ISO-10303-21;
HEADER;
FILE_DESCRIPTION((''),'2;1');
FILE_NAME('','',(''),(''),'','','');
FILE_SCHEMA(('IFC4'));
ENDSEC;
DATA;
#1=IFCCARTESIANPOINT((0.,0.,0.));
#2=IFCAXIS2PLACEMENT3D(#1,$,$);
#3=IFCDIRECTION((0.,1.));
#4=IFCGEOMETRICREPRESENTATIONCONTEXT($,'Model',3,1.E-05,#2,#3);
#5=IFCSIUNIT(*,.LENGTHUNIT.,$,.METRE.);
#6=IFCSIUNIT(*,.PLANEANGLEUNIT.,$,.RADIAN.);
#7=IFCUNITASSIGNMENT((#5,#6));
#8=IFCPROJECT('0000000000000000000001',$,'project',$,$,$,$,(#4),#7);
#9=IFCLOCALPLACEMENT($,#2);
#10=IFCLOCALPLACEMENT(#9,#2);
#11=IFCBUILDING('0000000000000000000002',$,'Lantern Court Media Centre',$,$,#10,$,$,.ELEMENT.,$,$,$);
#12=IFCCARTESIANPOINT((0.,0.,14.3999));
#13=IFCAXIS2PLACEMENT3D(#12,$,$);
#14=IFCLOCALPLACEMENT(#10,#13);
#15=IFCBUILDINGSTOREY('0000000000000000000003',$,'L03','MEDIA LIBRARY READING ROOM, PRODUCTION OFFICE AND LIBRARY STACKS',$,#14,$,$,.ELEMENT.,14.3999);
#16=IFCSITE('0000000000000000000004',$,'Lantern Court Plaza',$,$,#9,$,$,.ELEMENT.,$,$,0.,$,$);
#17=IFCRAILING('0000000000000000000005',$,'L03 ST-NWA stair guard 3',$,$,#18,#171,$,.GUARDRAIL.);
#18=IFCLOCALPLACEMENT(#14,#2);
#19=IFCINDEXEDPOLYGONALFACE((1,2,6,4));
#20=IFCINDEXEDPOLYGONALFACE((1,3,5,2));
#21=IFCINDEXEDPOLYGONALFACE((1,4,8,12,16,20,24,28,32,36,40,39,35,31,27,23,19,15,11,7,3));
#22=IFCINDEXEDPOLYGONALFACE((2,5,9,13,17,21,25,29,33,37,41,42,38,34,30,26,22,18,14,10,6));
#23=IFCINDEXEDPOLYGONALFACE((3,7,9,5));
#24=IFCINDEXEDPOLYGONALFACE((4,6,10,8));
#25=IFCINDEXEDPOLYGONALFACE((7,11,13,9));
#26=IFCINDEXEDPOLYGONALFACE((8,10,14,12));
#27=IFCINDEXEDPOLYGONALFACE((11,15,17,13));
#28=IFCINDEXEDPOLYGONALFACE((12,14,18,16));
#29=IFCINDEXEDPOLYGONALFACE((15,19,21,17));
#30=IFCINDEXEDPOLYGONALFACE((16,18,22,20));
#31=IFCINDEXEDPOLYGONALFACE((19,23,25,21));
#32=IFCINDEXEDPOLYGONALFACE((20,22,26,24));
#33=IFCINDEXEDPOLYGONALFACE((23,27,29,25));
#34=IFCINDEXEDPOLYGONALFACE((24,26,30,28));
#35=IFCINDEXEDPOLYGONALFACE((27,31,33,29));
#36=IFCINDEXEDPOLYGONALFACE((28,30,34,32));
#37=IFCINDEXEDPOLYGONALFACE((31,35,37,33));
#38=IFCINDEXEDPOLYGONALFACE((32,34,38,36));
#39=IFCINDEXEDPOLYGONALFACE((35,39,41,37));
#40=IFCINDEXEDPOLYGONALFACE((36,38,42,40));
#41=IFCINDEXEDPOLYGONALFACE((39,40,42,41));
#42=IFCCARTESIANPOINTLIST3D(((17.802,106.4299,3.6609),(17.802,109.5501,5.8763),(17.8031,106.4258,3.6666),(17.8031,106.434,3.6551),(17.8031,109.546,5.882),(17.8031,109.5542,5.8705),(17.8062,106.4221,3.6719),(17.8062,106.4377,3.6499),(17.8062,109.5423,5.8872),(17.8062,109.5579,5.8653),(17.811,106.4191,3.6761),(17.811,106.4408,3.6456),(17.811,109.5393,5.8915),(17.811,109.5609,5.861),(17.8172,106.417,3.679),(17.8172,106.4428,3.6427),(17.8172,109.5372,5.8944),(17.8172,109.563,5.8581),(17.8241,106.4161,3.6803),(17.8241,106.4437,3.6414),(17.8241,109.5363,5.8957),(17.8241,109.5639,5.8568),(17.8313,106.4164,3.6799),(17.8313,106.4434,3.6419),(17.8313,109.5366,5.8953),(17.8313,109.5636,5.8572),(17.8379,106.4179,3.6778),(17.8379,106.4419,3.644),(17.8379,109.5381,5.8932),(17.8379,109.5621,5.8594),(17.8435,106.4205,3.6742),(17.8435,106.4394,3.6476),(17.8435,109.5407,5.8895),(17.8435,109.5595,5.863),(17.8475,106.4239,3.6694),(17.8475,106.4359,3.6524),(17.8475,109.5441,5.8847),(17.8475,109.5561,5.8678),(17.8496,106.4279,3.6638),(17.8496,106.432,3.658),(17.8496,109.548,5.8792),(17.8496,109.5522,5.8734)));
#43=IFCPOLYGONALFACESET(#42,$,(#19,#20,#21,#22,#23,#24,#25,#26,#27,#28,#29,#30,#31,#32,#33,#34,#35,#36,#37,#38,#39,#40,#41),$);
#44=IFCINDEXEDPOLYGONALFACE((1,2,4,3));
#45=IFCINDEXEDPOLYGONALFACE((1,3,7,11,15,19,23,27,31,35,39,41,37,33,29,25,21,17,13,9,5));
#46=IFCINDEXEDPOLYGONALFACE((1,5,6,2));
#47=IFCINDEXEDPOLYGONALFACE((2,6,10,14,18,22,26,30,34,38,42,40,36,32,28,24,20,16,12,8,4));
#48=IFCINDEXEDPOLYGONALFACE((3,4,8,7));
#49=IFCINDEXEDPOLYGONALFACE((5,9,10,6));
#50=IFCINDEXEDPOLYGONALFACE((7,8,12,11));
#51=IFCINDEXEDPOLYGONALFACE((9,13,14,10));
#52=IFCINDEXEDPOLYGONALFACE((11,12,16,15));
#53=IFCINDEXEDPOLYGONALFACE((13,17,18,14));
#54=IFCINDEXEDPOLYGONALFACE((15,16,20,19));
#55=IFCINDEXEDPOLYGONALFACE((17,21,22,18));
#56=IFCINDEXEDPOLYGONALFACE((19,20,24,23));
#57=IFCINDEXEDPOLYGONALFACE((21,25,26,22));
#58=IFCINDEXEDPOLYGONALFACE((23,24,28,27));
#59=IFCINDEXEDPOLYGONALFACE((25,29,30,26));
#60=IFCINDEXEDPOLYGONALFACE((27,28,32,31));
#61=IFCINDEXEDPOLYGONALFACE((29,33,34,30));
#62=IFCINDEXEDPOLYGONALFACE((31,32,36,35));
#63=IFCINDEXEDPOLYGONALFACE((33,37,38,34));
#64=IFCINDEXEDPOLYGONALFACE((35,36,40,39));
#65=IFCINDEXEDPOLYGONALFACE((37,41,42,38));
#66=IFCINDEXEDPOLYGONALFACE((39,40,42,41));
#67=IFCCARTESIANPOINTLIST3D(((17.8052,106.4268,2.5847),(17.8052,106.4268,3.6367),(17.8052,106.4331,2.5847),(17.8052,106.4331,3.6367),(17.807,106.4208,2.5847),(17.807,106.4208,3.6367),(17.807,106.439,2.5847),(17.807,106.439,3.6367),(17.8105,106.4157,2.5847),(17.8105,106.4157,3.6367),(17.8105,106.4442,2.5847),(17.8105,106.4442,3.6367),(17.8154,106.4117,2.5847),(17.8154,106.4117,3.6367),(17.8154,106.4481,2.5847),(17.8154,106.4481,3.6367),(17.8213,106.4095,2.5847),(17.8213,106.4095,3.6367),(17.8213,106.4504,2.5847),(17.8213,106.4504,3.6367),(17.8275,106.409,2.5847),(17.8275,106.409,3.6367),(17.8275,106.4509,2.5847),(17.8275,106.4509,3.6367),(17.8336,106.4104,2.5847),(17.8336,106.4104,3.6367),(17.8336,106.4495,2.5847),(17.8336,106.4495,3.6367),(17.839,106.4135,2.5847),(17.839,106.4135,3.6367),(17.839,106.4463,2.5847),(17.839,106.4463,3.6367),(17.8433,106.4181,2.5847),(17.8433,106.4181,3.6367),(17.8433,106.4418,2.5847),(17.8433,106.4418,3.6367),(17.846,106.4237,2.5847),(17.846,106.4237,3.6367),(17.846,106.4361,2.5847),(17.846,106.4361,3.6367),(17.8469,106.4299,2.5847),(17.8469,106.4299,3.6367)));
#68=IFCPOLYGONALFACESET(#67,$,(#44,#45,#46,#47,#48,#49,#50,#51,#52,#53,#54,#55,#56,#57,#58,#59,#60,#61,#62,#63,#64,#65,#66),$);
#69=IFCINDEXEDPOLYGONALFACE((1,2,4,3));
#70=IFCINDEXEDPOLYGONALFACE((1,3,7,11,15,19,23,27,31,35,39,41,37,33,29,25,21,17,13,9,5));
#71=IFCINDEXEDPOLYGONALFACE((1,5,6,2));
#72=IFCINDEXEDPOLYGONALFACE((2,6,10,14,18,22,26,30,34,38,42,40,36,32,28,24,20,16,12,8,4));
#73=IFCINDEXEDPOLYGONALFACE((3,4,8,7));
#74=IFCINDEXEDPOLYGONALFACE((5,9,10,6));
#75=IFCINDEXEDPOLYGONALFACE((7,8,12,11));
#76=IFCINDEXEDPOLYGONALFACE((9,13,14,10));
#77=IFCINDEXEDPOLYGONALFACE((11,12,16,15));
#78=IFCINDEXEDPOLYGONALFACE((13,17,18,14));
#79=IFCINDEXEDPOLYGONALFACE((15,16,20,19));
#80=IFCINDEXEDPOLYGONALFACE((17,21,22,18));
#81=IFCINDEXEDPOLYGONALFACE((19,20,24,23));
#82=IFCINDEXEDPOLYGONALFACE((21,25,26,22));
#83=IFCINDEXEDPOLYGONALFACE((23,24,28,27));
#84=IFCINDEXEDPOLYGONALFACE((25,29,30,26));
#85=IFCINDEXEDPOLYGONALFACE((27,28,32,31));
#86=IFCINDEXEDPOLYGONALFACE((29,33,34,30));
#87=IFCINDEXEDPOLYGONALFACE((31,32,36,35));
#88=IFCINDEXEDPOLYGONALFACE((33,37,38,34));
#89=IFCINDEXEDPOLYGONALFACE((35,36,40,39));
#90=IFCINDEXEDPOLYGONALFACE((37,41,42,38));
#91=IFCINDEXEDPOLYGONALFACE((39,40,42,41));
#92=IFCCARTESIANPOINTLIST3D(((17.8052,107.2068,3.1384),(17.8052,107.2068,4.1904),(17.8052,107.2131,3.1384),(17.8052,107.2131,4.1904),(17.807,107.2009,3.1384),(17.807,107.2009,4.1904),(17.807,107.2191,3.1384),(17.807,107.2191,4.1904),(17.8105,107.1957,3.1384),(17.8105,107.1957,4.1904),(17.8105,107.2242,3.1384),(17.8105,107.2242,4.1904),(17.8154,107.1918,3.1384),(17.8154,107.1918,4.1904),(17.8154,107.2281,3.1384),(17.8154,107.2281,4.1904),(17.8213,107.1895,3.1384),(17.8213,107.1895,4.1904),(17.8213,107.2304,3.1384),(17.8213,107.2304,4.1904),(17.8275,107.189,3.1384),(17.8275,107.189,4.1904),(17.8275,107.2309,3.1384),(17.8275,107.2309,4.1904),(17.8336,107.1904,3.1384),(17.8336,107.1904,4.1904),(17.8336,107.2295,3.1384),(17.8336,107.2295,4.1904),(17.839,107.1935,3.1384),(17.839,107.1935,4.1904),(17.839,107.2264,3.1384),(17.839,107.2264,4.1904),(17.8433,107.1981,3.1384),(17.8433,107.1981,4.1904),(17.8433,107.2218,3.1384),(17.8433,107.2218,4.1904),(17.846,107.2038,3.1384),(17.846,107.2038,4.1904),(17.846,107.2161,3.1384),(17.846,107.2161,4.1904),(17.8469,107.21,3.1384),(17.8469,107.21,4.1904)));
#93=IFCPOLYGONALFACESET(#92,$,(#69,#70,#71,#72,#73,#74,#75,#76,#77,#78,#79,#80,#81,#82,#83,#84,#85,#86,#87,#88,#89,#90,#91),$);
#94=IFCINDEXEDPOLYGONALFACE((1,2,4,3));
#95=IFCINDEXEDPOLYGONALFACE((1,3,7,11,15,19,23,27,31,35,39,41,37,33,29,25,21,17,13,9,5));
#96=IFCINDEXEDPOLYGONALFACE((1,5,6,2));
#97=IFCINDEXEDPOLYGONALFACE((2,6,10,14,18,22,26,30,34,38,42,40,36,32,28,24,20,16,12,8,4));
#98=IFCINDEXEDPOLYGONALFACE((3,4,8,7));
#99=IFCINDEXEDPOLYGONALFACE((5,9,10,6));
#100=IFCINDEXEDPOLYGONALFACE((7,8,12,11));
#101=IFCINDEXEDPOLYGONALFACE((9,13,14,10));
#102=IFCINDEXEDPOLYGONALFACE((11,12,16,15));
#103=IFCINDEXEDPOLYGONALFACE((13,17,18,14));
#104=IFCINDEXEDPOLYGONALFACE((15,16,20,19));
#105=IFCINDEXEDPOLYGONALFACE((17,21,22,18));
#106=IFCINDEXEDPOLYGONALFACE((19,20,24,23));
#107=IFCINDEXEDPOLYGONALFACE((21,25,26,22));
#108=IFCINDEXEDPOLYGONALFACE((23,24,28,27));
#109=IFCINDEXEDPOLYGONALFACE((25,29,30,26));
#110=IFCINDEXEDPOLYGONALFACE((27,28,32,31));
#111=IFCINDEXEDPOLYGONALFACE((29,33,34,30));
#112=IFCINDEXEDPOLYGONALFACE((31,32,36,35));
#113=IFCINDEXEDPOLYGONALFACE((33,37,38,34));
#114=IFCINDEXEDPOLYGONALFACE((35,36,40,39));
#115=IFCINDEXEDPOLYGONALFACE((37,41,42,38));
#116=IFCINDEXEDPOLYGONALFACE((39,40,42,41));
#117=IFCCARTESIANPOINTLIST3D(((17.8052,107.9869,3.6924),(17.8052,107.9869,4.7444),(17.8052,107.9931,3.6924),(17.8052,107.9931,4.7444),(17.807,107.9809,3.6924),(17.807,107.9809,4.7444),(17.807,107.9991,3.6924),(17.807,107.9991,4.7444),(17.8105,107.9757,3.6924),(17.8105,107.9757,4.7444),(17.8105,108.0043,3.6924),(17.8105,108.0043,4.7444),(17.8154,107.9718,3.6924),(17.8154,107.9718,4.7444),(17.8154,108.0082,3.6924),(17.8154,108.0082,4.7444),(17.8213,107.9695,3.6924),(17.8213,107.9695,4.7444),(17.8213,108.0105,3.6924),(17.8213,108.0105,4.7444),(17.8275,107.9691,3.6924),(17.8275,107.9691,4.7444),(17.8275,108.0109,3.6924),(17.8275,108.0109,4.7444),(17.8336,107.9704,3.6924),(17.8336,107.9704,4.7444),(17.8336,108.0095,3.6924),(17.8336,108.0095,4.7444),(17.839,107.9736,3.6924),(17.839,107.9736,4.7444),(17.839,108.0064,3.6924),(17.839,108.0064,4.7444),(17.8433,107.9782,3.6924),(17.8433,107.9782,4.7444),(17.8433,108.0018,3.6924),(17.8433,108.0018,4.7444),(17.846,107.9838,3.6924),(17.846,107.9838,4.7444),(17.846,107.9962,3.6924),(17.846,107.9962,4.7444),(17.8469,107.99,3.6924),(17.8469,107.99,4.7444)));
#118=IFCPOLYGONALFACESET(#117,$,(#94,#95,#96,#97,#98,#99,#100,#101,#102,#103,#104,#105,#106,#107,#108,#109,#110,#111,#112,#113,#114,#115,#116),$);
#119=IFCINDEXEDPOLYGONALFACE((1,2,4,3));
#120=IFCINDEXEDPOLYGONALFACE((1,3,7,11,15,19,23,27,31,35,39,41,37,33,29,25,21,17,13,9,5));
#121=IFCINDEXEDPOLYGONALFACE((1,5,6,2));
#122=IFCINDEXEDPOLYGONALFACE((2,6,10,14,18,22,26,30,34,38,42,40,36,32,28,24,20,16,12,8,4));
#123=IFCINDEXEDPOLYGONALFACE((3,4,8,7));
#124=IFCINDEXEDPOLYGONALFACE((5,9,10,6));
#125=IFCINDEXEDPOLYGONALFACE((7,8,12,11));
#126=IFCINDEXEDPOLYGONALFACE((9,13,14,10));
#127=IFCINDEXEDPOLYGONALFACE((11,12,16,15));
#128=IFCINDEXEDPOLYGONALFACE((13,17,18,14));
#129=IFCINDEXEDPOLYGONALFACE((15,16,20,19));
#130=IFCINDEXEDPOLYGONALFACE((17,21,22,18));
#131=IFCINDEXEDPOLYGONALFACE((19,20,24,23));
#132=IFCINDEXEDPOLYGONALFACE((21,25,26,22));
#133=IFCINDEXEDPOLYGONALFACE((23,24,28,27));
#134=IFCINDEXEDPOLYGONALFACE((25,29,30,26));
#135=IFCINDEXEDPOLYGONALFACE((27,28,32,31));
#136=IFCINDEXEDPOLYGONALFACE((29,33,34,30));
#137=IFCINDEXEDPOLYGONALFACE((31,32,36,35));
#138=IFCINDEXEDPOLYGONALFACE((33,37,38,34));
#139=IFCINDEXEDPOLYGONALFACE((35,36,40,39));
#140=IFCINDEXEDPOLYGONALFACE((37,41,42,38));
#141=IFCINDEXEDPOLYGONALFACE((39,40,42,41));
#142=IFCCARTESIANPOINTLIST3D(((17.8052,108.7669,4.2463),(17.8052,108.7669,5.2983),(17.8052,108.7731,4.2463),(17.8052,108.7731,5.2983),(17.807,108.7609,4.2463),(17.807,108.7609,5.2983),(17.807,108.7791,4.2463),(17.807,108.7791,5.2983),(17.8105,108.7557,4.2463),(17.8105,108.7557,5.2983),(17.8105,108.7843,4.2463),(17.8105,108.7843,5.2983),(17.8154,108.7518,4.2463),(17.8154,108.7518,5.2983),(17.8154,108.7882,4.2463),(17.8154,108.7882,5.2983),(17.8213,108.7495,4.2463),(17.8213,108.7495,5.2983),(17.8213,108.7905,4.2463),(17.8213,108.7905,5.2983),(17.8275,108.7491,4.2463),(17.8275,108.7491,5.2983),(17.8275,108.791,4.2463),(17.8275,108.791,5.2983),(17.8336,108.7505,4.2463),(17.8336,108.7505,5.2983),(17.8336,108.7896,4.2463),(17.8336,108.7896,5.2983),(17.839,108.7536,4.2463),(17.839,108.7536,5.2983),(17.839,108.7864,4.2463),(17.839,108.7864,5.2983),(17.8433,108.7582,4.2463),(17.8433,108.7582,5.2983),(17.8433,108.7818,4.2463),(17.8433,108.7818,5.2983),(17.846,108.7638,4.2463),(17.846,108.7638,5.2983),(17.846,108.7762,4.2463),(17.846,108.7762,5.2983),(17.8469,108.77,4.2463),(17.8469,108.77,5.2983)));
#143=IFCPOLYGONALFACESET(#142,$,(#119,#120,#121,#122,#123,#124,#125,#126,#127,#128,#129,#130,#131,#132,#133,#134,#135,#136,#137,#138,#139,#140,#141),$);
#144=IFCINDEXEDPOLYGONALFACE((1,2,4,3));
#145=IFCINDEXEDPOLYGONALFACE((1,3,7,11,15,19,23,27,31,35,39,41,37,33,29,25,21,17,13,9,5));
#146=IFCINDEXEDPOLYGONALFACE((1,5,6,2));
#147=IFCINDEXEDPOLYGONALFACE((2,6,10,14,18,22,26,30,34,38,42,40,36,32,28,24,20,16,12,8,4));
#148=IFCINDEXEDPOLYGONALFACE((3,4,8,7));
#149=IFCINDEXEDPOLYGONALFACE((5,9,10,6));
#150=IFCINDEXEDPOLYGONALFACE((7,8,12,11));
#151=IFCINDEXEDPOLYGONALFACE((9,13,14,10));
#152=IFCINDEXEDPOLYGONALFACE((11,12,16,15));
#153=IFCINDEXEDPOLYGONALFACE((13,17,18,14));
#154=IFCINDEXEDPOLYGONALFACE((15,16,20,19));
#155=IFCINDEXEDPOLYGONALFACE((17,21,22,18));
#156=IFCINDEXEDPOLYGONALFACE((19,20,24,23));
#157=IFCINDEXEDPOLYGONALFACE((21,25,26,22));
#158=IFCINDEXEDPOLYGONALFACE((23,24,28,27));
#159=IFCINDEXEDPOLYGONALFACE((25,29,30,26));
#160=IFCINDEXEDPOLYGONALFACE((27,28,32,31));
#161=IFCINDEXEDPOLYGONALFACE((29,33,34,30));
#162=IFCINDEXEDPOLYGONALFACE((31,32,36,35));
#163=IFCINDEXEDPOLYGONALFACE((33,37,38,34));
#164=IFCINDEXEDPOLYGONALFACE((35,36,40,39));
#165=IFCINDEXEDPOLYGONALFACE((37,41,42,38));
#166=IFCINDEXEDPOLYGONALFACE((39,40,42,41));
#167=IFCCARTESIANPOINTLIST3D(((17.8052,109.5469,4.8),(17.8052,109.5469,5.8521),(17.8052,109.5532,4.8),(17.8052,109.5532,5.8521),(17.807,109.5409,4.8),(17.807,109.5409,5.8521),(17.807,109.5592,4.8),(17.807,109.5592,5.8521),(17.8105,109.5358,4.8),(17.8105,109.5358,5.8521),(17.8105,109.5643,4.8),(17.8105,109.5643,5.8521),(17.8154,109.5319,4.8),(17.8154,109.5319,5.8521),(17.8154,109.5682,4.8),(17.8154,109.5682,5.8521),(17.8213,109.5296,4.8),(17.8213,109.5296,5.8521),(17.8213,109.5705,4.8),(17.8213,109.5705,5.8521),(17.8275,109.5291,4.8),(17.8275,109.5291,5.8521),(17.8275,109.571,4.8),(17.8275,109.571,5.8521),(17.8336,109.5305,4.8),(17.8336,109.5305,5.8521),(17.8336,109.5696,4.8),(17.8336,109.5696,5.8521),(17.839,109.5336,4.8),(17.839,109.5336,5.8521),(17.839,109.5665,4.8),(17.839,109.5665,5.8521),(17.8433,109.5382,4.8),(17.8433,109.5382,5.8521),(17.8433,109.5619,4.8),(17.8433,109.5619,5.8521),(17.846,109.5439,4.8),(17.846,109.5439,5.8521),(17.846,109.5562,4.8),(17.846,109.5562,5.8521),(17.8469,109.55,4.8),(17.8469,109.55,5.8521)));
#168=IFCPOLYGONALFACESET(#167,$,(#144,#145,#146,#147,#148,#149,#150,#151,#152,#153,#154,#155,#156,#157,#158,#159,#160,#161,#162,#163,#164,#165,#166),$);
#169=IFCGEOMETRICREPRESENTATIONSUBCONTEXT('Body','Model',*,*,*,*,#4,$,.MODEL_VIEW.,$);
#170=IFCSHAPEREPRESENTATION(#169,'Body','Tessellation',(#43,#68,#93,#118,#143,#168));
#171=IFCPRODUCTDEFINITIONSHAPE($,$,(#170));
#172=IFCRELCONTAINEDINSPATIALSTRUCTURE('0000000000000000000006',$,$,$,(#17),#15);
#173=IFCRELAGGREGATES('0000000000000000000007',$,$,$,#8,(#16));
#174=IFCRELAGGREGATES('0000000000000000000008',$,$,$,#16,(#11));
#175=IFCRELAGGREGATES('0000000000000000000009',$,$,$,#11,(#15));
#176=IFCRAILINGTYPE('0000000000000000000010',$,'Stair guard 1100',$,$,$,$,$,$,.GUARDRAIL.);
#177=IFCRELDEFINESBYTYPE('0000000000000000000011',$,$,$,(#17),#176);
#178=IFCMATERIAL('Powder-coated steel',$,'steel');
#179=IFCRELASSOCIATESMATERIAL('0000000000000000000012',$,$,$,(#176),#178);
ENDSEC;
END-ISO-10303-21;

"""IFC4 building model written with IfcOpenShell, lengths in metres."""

from ifc_helpers import new_model, si_unit, direction, frame, origin, origin_2d, place, context, subcontext, project, spatial, circle, extrude, material, type_object, element, save


model = new_model("IFC4")

# Units and contexts
model_context = context("Model", 3, precision=1e-05, world=origin(), true_north=direction((0.0, 1.0)))
body_context = subcontext(model_context, "Body", "Model", "MODEL_VIEW")
ifc_project = project(units=[si_unit("LENGTHUNIT", "METRE"), si_unit("PLANEANGLEUNIT", "RADIAN")], contexts=[model_context])

# Site, building, storey
site_placement = place(None, origin())
site = spatial("IfcSite", under=ifc_project, at=site_placement, Name="Lantern Court Plaza", CompositionType="ELEMENT", RefElevation=0.0)
building_placement = place(site_placement, origin())
building = spatial("IfcBuilding", under=site, at=building_placement, Name="Lantern Court Media Centre", CompositionType="ELEMENT")
storey_placement = place(building_placement, frame((0.0, 0.0, 14.3999)))
storey = spatial("IfcBuildingStorey", under=building, at=storey_placement, Name="L03", Description="MEDIA LIBRARY READING ROOM, PRODUCTION OFFICE AND LIBRARY STACKS", CompositionType="ELEMENT", Elevation=14.3999)

# Railing
ifc_material_1 = material(Name="Powder-coated steel", Category="steel")
railing_type_1 = type_object("IfcRailingType", Name="Stair guard 1100", PredefinedType="GUARDRAIL", material=ifc_material_1)
railing_1_placement = place(storey_placement, frame((17.8259, 106.4299, 2.5847)))
element("IfcRailing", 1, at=railing_1_placement, inside=storey, type_object=railing_type_1, Name="L03 ST-NWA stair guard 3", PredefinedType="GUARDRAIL", context=body_context, shape_type="SweptSolid", body=[
    extrude(circle(Radius=0.0239, at=origin_2d()), frame((0.0, 0.0, 1.0762), z_axis=(0.0, 0.815377, 0.57893), x_axis=(-1.0, 0.0, 0.0)), (0.0, 0.0, 1.0), 3.8267),
    extrude(circle(Radius=0.021, at=origin_2d()), origin(), (0.0, 0.0, 1.0), 1.052),
    extrude(circle(Radius=0.021, at=origin_2d()), frame((0.0, 0.78, 0.5537)), (0.0, 0.0, 1.0), 1.052),
    extrude(circle(Radius=0.021, at=origin_2d()), frame((0.0, 1.5601, 1.1077)), (0.0, 0.0, 1.0), 1.052),
    extrude(circle(Radius=0.021, at=origin_2d()), frame((0.0, 2.3401, 1.6616)), (0.0, 0.0, 1.0), 1.052),
    extrude(circle(Radius=0.021, at=origin_2d()), frame((0.0, 3.1201, 2.2153)), (0.0, 0.0, 1.0), 1.052),
])

save(model, "model.ifc")
